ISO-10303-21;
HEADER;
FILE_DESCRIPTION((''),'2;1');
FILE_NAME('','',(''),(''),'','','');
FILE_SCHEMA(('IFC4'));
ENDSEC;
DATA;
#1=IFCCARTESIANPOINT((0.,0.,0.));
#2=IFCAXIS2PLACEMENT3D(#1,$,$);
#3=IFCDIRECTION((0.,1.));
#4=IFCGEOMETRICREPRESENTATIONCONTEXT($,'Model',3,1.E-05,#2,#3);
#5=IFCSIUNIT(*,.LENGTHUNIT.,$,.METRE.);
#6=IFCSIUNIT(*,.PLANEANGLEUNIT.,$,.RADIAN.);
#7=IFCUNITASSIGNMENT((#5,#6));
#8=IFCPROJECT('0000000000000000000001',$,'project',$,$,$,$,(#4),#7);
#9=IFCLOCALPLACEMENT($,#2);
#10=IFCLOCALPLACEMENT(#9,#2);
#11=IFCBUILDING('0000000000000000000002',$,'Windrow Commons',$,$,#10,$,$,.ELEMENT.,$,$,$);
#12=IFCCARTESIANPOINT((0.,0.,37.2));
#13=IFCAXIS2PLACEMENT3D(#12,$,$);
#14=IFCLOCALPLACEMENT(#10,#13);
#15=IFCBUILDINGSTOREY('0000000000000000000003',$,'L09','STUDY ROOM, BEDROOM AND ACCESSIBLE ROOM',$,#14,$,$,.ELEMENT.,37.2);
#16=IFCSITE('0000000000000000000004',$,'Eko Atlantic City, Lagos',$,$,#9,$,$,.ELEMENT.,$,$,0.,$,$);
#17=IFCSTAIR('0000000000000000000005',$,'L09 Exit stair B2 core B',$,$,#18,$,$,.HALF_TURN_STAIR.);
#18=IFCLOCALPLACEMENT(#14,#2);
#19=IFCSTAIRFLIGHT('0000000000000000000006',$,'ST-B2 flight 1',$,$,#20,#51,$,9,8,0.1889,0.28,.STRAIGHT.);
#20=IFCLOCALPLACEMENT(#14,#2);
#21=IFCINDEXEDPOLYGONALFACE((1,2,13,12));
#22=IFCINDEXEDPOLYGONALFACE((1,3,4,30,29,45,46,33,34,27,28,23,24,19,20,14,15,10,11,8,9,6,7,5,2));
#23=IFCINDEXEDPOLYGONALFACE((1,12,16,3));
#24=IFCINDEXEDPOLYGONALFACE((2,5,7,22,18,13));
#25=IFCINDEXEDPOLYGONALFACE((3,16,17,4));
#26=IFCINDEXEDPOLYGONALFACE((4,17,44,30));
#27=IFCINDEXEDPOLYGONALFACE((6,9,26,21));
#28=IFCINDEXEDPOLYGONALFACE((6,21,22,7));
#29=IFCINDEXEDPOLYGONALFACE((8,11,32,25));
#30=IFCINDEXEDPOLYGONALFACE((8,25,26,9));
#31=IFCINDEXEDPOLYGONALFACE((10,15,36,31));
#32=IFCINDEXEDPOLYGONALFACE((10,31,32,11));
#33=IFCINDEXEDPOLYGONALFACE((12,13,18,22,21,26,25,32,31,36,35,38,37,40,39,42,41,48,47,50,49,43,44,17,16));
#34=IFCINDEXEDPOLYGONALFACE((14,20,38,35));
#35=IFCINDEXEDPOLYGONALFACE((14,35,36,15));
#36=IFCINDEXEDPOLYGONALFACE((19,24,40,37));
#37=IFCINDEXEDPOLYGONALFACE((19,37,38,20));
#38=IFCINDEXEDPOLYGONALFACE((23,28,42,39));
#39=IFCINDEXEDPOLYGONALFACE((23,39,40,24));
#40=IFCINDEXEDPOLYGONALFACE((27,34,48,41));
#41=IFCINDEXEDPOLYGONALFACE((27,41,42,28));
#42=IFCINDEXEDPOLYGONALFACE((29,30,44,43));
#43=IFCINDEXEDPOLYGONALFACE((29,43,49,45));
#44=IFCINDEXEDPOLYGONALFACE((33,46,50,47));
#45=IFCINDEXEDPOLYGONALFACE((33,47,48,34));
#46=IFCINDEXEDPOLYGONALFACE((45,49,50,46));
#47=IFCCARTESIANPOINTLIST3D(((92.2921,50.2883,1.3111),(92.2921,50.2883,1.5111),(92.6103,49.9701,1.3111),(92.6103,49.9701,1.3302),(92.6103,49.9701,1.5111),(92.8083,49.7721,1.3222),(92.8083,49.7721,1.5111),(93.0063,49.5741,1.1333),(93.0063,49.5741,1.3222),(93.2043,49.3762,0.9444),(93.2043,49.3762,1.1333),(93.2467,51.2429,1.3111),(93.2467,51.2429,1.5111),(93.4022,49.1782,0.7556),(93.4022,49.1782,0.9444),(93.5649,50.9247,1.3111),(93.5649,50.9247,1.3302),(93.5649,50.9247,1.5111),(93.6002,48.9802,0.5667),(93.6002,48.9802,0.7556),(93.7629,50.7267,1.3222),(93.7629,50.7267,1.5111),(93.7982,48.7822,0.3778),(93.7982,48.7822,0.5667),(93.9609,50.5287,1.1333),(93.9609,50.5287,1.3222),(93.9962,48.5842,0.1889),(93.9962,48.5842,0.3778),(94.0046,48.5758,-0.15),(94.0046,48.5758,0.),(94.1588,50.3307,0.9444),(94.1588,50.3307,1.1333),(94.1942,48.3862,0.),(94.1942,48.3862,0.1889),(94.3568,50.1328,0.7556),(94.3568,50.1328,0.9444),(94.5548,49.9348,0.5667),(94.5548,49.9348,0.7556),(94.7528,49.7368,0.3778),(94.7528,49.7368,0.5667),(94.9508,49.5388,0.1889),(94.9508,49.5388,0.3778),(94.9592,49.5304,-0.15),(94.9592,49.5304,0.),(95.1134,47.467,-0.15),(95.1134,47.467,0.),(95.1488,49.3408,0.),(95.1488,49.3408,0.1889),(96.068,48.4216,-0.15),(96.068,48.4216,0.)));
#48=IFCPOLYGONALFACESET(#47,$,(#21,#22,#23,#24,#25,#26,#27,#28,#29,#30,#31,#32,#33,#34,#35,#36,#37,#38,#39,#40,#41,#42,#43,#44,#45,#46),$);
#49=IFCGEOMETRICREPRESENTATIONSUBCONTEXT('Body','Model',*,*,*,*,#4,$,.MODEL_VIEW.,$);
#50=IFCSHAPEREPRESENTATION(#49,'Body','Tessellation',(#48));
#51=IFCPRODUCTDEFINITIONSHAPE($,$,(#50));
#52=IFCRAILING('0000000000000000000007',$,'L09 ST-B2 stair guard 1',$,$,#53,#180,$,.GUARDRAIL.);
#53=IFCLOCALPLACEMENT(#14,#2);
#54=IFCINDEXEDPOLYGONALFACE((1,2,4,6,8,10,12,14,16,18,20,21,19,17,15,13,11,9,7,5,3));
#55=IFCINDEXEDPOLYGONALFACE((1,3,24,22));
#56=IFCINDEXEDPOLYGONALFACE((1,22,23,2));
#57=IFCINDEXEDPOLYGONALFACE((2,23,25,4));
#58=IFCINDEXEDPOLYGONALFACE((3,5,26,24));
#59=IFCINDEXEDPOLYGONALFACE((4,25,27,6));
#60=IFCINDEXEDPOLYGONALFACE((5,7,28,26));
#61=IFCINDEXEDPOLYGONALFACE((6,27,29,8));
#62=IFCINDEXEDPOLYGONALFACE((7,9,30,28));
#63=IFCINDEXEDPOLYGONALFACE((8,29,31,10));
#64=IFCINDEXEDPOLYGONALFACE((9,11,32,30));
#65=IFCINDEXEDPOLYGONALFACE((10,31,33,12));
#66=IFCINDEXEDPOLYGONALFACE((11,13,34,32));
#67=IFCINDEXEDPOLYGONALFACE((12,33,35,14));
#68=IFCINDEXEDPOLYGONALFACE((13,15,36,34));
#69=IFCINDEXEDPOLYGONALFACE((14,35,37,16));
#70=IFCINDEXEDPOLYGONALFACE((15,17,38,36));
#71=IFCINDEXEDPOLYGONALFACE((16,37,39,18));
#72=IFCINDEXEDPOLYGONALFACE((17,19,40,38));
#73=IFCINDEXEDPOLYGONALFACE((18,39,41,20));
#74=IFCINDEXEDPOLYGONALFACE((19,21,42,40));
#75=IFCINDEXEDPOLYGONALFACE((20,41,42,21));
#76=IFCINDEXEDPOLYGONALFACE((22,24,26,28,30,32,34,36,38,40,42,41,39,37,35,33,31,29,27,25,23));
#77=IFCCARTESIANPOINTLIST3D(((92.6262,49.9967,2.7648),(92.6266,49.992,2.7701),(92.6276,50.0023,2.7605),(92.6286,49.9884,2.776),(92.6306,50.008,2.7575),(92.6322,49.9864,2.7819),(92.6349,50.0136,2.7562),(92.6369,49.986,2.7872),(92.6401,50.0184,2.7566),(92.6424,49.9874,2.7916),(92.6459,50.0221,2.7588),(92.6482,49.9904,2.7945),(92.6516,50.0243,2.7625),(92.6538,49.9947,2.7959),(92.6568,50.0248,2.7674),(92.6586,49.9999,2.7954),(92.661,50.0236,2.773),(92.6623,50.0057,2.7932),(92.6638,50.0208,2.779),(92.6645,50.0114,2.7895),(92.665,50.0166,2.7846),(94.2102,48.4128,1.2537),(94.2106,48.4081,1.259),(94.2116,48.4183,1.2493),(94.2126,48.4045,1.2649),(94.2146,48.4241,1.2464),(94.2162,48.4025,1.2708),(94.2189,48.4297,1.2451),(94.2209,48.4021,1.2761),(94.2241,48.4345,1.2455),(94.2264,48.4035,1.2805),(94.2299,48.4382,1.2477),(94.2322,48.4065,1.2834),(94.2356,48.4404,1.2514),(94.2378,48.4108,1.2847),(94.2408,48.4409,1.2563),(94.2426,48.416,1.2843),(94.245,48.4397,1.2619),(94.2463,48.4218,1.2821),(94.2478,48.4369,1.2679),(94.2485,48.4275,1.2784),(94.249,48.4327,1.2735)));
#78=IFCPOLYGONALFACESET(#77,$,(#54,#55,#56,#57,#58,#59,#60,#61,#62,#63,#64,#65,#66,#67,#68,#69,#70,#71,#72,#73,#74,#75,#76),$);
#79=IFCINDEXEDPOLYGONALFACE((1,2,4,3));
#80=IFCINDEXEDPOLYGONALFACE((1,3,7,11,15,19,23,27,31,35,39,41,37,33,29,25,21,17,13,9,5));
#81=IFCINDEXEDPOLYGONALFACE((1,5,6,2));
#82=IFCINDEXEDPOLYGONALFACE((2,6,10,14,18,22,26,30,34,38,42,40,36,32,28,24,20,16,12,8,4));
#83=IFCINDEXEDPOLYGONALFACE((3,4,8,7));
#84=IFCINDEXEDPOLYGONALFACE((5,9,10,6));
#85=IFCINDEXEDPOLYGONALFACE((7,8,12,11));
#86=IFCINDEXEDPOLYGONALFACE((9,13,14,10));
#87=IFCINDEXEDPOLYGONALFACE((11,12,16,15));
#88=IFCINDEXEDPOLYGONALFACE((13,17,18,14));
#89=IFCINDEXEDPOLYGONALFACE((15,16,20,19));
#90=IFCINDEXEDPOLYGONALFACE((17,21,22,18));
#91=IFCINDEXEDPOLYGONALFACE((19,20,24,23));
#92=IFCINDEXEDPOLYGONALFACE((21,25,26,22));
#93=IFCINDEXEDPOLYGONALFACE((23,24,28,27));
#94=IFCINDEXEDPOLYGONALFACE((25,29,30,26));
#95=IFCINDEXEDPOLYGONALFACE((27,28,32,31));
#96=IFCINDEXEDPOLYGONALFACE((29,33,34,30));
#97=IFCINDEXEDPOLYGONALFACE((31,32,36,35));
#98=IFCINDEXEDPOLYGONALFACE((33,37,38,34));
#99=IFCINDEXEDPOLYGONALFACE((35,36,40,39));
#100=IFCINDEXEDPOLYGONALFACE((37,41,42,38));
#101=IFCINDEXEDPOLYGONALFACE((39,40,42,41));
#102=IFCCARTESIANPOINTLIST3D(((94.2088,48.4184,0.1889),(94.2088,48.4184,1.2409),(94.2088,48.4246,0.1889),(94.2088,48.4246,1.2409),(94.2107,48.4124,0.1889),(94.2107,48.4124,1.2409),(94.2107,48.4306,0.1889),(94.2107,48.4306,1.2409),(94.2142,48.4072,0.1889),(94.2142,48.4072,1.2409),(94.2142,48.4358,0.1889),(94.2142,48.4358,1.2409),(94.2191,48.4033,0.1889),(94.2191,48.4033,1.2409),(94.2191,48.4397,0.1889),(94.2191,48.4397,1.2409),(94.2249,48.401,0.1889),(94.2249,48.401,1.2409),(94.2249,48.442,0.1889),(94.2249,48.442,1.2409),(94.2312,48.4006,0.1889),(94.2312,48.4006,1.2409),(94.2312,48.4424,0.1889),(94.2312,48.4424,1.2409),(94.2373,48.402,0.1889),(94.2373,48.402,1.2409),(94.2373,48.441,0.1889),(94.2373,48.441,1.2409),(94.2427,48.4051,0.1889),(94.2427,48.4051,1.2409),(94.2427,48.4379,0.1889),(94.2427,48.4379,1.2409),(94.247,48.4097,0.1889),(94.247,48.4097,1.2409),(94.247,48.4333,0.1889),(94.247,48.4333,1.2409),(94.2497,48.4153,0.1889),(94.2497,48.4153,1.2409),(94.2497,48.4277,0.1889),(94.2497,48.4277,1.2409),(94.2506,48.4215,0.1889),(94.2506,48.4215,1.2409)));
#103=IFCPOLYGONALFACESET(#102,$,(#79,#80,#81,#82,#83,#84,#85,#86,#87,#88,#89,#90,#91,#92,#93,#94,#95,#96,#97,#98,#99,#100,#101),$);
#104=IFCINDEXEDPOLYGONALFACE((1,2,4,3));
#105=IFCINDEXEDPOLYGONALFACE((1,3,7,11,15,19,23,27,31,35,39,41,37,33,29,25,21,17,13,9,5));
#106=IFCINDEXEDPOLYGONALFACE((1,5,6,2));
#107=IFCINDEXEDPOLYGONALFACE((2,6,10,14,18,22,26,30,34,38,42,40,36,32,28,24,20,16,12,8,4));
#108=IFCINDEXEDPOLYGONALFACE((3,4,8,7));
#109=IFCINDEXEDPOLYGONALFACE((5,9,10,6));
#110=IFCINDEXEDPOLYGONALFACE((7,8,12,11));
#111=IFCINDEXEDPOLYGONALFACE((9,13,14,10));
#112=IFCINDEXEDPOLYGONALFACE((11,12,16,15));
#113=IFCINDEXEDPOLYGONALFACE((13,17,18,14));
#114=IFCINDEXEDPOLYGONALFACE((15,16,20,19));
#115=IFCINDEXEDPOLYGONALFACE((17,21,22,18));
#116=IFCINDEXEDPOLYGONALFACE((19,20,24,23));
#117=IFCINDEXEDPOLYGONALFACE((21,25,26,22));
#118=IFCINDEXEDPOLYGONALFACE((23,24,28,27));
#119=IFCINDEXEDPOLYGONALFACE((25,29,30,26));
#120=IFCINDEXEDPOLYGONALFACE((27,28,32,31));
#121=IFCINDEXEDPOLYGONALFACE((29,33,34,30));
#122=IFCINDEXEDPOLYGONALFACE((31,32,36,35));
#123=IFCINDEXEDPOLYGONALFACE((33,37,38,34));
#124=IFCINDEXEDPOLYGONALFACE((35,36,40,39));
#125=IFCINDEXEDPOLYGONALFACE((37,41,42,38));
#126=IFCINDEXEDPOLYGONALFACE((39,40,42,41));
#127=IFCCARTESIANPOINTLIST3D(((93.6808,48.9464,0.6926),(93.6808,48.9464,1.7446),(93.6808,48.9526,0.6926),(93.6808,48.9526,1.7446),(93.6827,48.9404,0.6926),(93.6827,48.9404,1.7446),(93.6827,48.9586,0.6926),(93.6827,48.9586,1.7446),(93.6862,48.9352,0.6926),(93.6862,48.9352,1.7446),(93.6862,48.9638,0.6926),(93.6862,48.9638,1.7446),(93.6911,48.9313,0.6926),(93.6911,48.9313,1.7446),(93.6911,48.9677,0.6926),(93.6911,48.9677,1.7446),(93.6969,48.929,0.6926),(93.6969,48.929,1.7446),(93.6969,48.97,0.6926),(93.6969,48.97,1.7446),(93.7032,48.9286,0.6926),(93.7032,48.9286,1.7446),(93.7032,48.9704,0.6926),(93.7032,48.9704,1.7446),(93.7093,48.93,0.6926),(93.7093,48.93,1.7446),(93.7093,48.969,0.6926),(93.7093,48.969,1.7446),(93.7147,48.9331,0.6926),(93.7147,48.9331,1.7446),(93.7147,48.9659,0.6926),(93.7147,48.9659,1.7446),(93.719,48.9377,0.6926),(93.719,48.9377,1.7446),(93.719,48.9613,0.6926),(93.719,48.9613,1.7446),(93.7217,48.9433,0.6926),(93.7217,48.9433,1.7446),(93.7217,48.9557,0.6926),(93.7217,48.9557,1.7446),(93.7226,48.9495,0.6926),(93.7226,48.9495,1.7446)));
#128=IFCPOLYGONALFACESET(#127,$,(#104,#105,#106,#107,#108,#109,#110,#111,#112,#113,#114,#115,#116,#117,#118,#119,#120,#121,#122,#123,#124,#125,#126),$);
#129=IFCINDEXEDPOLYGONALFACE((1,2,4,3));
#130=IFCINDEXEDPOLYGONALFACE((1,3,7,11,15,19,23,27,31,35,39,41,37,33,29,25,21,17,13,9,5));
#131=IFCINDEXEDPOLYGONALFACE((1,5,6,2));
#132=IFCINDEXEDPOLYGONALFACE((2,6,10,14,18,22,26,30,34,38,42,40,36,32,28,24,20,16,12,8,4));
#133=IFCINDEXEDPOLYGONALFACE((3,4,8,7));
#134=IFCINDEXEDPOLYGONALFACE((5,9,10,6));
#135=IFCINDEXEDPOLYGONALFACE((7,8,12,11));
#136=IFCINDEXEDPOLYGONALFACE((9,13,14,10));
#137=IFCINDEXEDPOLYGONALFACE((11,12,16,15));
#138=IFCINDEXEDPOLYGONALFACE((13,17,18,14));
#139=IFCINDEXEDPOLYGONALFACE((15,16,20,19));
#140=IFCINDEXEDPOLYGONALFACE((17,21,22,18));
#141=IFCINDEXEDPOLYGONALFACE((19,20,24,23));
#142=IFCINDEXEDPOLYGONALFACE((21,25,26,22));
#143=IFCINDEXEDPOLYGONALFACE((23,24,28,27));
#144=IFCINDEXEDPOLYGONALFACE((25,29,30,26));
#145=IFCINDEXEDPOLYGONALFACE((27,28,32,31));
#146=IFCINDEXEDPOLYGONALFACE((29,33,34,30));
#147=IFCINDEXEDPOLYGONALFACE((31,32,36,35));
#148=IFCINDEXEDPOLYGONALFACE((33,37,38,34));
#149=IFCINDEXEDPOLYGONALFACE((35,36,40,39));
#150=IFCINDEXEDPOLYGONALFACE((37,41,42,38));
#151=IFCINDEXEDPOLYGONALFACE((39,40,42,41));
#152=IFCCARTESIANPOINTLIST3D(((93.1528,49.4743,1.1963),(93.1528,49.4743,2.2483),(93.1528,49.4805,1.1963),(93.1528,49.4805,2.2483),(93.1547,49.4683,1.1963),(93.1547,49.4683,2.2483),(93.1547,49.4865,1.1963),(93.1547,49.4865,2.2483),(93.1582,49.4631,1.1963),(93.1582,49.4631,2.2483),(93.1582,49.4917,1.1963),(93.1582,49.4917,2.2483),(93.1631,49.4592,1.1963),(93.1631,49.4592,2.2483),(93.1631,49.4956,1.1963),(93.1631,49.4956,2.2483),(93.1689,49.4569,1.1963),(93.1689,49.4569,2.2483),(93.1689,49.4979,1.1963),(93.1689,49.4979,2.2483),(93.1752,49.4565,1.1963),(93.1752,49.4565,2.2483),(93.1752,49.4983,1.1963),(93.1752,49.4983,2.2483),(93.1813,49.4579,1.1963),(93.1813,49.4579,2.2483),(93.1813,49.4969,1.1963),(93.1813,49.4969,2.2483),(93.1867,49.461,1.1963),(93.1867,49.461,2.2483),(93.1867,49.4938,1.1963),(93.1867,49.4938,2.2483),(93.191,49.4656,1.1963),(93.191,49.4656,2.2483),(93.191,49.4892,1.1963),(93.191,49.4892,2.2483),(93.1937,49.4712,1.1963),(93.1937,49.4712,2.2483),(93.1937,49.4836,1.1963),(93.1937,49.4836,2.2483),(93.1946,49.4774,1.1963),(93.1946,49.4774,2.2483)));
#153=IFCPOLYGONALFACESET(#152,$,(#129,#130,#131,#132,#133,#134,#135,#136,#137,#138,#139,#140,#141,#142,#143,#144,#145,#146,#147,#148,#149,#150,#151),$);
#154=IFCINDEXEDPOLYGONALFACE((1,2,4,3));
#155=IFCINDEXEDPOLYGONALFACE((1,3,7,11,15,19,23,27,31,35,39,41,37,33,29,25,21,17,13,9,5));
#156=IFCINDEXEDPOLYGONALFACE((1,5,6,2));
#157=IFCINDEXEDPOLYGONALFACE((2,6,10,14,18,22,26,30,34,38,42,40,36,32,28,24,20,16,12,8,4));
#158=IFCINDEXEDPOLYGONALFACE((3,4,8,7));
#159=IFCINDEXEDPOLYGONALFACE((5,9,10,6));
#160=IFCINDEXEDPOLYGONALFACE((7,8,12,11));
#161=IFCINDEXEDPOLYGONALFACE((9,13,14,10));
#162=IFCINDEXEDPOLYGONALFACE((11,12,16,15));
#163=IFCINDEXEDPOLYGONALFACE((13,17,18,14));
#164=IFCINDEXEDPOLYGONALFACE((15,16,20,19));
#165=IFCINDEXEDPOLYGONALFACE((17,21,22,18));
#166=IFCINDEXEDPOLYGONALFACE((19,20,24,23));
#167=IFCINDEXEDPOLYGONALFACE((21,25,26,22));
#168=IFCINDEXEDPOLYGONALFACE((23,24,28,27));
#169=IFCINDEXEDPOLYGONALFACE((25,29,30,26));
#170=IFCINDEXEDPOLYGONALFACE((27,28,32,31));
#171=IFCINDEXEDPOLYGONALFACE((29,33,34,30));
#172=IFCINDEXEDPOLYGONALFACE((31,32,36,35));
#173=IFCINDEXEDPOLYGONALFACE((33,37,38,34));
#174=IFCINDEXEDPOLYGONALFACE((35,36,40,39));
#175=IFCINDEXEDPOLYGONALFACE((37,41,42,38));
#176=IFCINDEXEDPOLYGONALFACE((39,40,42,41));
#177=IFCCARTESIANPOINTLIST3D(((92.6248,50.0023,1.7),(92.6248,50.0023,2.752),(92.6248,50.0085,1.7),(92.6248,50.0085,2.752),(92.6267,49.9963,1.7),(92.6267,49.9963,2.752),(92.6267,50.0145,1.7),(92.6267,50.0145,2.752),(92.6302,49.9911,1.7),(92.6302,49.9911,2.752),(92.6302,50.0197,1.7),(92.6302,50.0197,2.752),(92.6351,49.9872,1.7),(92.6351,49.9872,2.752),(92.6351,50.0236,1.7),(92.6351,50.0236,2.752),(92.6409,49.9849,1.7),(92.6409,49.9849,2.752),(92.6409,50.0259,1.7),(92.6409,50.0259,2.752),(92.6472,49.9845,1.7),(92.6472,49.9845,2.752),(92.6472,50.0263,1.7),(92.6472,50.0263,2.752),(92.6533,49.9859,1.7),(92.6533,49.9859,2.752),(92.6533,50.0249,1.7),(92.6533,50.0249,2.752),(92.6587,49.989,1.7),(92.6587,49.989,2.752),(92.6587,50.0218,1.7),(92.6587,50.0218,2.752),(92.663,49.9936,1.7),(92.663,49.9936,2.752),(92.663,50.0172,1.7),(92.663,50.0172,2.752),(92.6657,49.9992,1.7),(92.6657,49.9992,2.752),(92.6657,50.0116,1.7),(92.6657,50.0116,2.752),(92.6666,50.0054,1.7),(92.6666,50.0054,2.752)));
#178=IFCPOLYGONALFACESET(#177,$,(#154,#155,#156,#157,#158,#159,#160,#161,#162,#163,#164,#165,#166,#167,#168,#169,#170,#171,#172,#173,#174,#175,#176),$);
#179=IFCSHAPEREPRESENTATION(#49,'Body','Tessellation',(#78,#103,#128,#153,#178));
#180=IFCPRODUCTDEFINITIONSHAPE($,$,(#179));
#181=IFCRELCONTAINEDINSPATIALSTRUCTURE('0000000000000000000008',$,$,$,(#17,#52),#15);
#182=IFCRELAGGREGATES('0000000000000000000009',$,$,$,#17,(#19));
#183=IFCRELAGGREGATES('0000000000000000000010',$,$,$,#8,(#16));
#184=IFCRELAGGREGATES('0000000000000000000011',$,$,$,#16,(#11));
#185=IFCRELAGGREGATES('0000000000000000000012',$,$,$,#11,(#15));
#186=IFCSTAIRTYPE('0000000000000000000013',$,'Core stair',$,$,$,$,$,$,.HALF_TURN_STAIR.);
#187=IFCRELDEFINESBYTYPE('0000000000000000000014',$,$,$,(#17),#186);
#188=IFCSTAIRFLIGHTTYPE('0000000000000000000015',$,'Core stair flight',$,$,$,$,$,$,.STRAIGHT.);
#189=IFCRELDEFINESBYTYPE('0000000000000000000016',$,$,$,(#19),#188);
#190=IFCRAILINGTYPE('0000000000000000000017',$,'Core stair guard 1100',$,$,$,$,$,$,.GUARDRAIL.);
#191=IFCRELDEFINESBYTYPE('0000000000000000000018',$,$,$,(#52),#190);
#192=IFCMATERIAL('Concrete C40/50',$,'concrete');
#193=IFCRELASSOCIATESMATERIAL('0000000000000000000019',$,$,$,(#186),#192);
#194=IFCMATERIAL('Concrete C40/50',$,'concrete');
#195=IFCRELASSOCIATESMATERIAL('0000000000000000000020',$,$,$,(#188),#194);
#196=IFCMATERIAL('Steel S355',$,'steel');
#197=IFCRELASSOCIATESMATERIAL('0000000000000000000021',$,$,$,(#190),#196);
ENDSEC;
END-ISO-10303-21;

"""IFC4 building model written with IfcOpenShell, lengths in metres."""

from ifc_helpers import new_model, si_unit, direction, frame, origin, origin_2d, place, context, subcontext, project, spatial, polyline, circle, outline, extrude, material, type_object, element, aggregate, save


model = new_model("IFC4")

# Units and contexts
model_context = context("Model", 3, precision=1e-05, world=origin(), true_north=direction((0.0, 1.0)))
body_context = subcontext(model_context, "Body", "Model", "MODEL_VIEW")
ifc_project = project(units=[si_unit("LENGTHUNIT", "METRE"), si_unit("PLANEANGLEUNIT", "RADIAN")], contexts=[model_context])

# Site, building, storey
site_placement = place(None, origin())
site = spatial("IfcSite", under=ifc_project, at=site_placement, Name="Eko Atlantic City, Lagos", CompositionType="ELEMENT", RefElevation=0.0)
building_placement = place(site_placement, origin())
building = spatial("IfcBuilding", under=site, at=building_placement, Name="Windrow Commons", CompositionType="ELEMENT")
storey_placement = place(building_placement, frame((0.0, 0.0, 37.2)))
storey = spatial("IfcBuildingStorey", under=building, at=storey_placement, Name="L09", Description="STUDY ROOM, BEDROOM AND ACCESSIBLE ROOM", CompositionType="ELEMENT", Elevation=37.2)

# Stair, stair flight
ifc_material_1 = material(Name="Concrete C40/50", Category="concrete")
stair_type = type_object("IfcStairType", Name="Core stair", PredefinedType="HALF_TURN_STAIR", material=ifc_material_1)
stair_placement = place(storey_placement, origin())
stair = element("IfcStair", 1, at=stair_placement, inside=storey, type_object=stair_type, Name="L09 Exit stair B2 core B", PredefinedType="HALF_TURN_STAIR")
ifc_material_2 = material(Name="Concrete C40/50", Category="concrete")
stair_flight_type = type_object("IfcStairFlightType", Name="Core stair flight", PredefinedType="STRAIGHT", material=ifc_material_2)
stair_flight_placement = place(storey_placement, frame((94.6715, 48.8635, 0.0), z_axis=(0.0, 0.0, 1.0), x_axis=(-0.707107, 0.707107, 0.0)))
stair_flight = element("IfcStairFlight", 2, at=stair_flight_placement, type_object=stair_flight_type, Name="ST-B2 flight 1", NumberOfRisers=9, NumberOfTreads=8, PredefinedType="STRAIGHT", RiserHeight=0.1889, TreadLength=0.28, context=body_context, shape_type="SweptSolid", body=[
    extrude(outline(polyline([(-1.3, -0.15), (-1.3, 0.0), (0.0, 0.0), (0.0, 0.1889), (0.28, 0.1889), (0.28, 0.3778), (0.56, 0.3778), (0.56, 0.5667), (0.84, 0.5667), (0.84, 0.7556), (1.12, 0.7556), (1.12, 0.9444), (1.4, 0.9444), (1.4, 1.1333), (1.68, 1.1333), (1.68, 1.3222), (1.96, 1.3222), (1.96, 1.5111), (2.24, 1.5111), (2.69, 1.5111), (2.69, 1.3111), (2.24, 1.3111), (2.24, 1.3302), (0.2682, 0.0), (0.2682, -0.15), (-1.3, -0.15)])), frame((0.0, 0.675, 0.0), z_axis=(0.0, -1.0, 0.0), x_axis=(1.0, 0.0, 0.0)), (0.0, 0.0, 1.0), 1.35),
])
aggregate(stair, [stair_flight])

# Railing
ifc_material_3 = material(Name="Steel S355", Category="steel")
railing_type_1 = type_object("IfcRailingType", Name="Core stair guard 1100", PredefinedType="GUARDRAIL", material=ifc_material_3)
railing_1_placement = place(storey_placement, frame((94.2296, 48.4215, 0.1889)))
element("IfcRailing", 3, at=railing_1_placement, inside=storey, type_object=railing_type_1, Name="L09 ST-B2 stair guard 1", PredefinedType="GUARDRAIL", context=body_context, shape_type="SweptSolid", body=[
    extrude(circle(Radius=0.024, at=origin_2d()), frame((0.0, 0.0, 1.076), z_axis=(-0.586216, 0.586179, 0.559237), x_axis=(-0.707084, -0.707129, 0.0)), (0.0, 0.0, 1.0), 2.7021),
    extrude(circle(Radius=0.021, at=origin_2d()), origin(), (0.0, 0.0, 1.0), 1.052),
    extrude(circle(Radius=0.021, at=origin_2d()), frame((-0.528, 0.528, 0.5037)), (0.0, 0.0, 1.0), 1.052),
    extrude(circle(Radius=0.021, at=origin_2d()), frame((-1.056, 1.0559, 1.0074)), (0.0, 0.0, 1.0), 1.052),
    extrude(circle(Radius=0.021, at=origin_2d()), frame((-1.584, 1.5839, 1.5111)), (0.0, 0.0, 1.0), 1.052),
])

save(model, "model.ifc")
